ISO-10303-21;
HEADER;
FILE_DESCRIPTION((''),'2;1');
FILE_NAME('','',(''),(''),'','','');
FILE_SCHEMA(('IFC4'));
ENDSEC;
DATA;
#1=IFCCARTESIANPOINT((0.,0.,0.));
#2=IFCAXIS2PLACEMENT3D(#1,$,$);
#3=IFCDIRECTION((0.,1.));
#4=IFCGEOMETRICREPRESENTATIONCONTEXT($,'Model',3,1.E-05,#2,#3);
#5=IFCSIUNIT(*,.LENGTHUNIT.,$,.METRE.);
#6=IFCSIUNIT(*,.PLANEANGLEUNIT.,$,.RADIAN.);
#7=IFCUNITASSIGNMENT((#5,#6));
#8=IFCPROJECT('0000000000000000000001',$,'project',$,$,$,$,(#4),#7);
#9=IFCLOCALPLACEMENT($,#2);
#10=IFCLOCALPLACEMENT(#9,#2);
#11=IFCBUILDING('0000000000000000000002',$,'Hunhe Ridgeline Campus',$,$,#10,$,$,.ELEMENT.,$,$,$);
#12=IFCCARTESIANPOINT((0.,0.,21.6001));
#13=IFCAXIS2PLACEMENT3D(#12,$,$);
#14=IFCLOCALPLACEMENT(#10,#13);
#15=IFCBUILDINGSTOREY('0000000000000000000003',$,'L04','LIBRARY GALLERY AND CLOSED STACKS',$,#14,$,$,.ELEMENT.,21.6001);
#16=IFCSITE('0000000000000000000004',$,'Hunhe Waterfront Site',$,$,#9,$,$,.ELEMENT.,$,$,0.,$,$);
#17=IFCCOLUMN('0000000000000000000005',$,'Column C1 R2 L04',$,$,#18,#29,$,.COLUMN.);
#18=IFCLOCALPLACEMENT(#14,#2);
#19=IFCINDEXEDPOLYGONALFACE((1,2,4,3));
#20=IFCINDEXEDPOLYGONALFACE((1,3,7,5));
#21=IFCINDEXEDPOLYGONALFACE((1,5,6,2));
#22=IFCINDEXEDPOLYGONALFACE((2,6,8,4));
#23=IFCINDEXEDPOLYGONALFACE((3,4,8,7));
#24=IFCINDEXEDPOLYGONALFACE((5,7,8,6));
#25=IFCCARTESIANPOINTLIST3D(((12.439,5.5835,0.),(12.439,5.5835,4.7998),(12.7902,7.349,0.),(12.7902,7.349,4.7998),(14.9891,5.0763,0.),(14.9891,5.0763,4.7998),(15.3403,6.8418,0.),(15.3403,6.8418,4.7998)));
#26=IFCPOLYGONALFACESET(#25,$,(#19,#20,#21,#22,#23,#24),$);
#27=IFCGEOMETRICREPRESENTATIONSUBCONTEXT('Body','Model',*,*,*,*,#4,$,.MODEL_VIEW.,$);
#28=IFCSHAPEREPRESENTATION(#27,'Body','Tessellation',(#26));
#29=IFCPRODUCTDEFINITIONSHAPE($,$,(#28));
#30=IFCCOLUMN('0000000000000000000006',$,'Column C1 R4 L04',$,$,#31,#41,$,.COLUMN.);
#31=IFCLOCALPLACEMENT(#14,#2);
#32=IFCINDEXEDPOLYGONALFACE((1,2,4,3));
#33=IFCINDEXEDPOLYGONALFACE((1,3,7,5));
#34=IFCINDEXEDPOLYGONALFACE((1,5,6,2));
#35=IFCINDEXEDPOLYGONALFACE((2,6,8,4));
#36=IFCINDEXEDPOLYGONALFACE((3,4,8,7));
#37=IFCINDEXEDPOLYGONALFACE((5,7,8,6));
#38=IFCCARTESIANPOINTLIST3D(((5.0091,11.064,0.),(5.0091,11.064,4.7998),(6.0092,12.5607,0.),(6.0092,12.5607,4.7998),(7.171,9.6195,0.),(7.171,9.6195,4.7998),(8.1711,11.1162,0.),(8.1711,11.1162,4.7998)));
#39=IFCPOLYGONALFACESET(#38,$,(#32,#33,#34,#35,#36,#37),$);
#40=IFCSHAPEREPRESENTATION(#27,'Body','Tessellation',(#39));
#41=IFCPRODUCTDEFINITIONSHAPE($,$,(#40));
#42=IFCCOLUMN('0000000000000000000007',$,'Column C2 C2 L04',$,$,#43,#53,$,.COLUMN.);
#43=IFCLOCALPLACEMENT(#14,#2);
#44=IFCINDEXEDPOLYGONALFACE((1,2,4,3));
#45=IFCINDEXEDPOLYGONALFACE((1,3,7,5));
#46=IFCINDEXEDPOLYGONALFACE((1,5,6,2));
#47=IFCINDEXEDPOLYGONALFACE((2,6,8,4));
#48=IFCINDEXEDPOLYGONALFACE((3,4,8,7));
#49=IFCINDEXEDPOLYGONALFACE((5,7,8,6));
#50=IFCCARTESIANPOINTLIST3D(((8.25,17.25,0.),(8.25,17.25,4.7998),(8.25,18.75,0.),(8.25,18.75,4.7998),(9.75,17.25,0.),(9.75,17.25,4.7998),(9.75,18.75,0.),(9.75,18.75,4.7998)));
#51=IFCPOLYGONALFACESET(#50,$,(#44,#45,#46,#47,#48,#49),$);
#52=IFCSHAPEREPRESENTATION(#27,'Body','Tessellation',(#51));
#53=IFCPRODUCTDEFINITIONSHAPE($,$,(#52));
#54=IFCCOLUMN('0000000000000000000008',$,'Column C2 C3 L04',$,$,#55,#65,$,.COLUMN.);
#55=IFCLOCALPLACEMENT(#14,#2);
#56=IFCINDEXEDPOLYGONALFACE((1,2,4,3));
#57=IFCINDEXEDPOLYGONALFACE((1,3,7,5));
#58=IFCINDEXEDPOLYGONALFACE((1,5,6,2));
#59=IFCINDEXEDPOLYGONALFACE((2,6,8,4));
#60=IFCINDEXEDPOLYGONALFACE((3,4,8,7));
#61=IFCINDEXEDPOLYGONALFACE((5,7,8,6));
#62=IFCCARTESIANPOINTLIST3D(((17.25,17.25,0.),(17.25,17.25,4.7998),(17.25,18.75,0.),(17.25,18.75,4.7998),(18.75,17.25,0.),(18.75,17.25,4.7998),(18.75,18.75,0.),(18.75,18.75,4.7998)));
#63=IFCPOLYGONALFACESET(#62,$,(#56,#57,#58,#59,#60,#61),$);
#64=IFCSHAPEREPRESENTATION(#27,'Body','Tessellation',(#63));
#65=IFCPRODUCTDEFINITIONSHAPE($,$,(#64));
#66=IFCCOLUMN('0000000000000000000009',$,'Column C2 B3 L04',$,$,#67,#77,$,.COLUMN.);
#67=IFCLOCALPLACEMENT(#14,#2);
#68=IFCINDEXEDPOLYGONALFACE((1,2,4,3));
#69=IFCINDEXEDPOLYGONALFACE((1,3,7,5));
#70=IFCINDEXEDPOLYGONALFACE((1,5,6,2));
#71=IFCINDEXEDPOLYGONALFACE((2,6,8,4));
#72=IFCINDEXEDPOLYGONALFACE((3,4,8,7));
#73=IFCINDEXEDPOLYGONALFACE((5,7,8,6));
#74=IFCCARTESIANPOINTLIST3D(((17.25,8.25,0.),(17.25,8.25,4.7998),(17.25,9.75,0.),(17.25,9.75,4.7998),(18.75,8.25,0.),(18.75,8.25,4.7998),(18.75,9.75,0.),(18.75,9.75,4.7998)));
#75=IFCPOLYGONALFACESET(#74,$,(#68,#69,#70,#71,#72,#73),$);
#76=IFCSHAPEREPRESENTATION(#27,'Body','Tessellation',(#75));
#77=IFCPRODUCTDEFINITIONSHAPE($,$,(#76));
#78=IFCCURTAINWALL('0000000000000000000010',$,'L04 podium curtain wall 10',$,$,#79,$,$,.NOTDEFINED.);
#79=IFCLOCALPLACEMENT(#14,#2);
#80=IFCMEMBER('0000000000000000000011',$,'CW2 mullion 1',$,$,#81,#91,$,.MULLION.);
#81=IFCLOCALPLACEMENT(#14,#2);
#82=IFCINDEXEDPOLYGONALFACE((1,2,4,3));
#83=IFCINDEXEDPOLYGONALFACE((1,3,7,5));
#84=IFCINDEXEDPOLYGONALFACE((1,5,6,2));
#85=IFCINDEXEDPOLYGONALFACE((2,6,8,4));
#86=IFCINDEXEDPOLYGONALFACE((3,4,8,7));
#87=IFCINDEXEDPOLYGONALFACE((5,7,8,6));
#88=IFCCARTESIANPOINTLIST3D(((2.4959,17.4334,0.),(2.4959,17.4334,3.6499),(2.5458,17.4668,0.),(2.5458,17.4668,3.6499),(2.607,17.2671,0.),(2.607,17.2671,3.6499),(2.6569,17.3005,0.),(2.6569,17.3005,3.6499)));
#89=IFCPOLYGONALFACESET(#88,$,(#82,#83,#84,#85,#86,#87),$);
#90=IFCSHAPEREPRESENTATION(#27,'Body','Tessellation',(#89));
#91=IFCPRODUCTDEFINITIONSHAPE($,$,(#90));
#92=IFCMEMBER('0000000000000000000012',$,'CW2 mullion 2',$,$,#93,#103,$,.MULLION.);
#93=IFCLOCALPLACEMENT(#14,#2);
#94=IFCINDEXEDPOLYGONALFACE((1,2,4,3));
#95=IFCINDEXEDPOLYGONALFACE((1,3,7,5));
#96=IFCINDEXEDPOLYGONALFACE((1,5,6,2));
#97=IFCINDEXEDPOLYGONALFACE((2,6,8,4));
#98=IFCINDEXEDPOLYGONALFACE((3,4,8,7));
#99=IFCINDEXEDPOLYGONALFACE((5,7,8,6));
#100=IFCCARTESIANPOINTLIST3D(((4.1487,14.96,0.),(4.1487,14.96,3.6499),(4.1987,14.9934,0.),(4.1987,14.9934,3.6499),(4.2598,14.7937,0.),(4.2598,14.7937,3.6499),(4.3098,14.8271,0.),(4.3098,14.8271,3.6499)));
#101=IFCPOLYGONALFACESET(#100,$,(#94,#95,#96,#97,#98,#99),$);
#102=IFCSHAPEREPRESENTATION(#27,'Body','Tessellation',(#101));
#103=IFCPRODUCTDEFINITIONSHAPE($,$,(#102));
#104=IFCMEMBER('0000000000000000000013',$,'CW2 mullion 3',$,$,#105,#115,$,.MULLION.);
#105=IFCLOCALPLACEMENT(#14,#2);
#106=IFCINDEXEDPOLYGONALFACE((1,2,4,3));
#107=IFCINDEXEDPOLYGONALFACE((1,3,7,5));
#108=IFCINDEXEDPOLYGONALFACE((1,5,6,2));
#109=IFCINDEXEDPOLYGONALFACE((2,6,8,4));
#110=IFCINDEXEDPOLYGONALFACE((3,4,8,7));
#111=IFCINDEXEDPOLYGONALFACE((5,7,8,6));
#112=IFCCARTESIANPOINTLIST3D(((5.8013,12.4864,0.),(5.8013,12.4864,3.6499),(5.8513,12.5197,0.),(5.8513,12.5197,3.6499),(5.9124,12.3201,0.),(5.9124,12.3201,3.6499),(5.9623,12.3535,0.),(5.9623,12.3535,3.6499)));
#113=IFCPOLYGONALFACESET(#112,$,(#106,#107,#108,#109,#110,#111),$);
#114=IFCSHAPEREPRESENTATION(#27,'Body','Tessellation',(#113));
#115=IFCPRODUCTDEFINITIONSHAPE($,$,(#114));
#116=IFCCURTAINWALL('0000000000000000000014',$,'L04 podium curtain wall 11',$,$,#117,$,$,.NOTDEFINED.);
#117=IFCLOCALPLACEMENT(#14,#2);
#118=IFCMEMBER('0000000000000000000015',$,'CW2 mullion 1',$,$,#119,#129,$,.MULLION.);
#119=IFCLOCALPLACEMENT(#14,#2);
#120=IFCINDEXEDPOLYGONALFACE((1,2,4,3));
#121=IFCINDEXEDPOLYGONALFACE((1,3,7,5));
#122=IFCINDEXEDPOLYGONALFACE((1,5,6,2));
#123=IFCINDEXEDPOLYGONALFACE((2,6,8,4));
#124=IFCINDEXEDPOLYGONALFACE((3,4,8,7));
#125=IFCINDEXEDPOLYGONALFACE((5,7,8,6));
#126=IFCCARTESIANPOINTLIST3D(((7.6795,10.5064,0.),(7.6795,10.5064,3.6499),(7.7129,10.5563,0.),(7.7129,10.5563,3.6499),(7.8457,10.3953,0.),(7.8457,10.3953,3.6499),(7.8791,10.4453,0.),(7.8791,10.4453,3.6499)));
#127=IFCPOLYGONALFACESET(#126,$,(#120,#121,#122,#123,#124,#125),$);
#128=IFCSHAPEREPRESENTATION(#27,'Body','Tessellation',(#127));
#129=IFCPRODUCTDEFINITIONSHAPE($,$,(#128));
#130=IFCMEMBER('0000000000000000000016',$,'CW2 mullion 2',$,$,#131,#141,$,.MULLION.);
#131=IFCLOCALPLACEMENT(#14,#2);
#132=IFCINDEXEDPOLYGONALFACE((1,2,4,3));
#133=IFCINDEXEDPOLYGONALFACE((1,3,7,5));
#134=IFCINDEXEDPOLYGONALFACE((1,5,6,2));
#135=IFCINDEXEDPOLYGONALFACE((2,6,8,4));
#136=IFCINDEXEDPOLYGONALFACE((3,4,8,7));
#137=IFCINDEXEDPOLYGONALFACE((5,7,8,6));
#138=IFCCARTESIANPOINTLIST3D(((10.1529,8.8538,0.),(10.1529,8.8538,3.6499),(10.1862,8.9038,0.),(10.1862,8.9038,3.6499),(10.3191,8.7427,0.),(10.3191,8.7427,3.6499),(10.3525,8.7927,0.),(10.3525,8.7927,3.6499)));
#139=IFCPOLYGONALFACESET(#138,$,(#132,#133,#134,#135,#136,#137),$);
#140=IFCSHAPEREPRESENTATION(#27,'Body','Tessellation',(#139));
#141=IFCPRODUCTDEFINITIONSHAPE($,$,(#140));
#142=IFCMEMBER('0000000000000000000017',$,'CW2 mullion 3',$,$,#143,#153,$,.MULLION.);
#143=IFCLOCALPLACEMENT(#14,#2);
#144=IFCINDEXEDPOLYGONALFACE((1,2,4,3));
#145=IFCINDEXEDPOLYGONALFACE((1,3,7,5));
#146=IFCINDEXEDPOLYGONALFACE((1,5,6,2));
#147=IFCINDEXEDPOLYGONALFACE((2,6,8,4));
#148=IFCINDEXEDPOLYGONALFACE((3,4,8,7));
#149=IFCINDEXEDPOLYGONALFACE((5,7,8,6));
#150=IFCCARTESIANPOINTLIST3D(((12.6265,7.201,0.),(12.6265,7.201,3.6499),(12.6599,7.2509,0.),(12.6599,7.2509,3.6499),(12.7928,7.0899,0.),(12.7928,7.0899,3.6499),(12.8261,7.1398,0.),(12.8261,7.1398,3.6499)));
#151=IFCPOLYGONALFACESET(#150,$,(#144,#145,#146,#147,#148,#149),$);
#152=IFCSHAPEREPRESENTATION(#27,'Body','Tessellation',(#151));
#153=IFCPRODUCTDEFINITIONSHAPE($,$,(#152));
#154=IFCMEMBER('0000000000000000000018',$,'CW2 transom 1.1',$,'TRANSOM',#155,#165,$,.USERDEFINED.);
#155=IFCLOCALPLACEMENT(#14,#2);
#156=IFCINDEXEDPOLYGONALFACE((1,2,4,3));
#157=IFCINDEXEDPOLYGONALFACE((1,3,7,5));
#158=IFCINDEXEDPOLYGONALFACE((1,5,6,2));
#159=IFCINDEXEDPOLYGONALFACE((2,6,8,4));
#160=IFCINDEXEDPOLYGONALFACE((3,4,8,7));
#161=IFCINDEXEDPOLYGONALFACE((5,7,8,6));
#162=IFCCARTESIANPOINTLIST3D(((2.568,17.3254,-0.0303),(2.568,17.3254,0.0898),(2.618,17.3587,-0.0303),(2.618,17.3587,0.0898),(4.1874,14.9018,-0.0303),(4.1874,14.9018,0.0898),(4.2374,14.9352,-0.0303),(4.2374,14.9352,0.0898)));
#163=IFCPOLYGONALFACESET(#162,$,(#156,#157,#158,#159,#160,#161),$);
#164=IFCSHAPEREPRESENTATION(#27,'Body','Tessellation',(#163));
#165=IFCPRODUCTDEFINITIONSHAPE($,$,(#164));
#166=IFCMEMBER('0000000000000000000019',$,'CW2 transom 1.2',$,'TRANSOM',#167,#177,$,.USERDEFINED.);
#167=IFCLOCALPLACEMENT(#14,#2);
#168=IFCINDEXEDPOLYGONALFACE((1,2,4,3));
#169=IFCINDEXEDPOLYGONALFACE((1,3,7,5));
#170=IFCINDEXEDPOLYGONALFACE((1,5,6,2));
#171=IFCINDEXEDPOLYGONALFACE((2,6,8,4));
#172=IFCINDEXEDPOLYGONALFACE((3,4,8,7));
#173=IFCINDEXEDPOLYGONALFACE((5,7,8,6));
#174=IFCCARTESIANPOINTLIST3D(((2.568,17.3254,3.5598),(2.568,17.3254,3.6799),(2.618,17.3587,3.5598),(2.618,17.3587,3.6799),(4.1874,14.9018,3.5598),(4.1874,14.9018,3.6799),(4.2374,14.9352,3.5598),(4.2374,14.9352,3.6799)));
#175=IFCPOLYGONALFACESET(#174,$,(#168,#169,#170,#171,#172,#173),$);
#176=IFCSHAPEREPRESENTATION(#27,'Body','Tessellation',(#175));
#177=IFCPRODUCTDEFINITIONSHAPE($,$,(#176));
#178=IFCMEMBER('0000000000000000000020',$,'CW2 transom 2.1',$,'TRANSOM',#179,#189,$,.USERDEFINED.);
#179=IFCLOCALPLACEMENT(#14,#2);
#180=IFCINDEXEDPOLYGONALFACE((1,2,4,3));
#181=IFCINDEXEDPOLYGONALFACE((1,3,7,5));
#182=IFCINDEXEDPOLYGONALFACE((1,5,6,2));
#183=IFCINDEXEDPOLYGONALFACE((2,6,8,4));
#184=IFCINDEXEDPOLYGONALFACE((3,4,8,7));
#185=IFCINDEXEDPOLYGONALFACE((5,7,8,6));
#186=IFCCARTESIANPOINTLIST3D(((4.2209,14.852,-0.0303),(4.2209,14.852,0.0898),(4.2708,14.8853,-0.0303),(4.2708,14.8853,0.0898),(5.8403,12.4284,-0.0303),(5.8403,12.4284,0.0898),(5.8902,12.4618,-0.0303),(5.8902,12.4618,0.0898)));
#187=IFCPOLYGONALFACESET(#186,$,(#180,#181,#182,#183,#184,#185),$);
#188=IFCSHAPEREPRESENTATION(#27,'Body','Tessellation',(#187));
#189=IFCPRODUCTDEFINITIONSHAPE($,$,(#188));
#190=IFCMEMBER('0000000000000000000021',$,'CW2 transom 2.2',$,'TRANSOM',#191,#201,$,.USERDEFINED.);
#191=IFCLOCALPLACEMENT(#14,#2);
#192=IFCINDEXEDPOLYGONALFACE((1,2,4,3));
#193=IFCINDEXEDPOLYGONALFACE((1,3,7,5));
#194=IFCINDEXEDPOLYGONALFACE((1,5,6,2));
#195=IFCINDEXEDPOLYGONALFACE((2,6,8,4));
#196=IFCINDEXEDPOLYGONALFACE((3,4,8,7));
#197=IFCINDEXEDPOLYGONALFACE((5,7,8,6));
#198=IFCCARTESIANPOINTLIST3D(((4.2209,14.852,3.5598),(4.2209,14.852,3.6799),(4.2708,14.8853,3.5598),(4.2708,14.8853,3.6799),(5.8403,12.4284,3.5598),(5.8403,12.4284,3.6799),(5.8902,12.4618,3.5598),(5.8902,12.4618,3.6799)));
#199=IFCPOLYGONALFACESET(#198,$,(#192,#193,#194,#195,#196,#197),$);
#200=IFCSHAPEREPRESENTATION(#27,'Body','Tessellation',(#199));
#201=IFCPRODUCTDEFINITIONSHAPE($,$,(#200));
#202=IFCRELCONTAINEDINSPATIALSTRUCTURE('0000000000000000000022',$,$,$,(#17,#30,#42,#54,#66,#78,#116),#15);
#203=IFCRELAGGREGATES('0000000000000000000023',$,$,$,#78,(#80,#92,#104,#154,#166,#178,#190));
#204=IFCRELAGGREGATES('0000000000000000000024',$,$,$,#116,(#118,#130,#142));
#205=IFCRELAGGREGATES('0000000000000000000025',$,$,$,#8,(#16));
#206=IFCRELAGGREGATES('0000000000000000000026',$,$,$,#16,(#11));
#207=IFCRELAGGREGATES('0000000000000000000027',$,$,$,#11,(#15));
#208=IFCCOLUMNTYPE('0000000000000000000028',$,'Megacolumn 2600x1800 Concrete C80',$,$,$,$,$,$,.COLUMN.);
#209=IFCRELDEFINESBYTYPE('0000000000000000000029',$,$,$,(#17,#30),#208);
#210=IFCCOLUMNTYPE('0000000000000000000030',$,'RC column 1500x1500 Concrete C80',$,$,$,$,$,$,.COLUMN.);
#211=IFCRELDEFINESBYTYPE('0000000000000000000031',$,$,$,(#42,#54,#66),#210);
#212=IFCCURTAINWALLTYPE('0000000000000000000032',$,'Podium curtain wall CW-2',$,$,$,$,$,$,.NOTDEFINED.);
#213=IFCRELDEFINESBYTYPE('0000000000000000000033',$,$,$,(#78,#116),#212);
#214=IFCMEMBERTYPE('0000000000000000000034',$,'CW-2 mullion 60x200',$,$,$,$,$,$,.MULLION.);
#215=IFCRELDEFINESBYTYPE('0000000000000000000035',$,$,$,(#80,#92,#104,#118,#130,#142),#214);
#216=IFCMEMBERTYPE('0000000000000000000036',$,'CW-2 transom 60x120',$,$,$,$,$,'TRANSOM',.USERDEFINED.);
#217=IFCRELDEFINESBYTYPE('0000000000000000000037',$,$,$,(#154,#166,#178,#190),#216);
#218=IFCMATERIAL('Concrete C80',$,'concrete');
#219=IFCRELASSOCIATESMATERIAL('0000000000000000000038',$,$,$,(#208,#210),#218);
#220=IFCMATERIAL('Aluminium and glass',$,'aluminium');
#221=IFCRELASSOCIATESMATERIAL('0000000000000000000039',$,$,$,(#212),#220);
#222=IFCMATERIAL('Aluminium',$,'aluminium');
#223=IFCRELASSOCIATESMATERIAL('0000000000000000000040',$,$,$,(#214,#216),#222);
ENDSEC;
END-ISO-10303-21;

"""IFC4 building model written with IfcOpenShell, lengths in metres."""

from ifc_helpers import new_model, si_unit, direction, frame, origin, origin_2d, place, context, subcontext, project, spatial, rectangle, extrude, material, material_profile, profile_set, type_object, element, aggregate, save


model = new_model("IFC4")

# Units and contexts
model_context = context("Model", 3, precision=1e-05, world=origin(), true_north=direction((0.0, 1.0)))
body_context = subcontext(model_context, "Body", "Model", "MODEL_VIEW")
ifc_project = project(units=[si_unit("LENGTHUNIT", "METRE"), si_unit("PLANEANGLEUNIT", "RADIAN")], contexts=[model_context])

# Site, building, storey
site_placement = place(None, origin())
site = spatial("IfcSite", under=ifc_project, at=site_placement, Name="Hunhe Waterfront Site", CompositionType="ELEMENT", RefElevation=0.0)
building_placement = place(site_placement, origin())
building = spatial("IfcBuilding", under=site, at=building_placement, Name="Hunhe Ridgeline Campus", CompositionType="ELEMENT")
storey_placement = place(building_placement, frame((0.0, 0.0, 21.6001)))
storey = spatial("IfcBuildingStorey", under=building, at=storey_placement, Name="L04", Description="LIBRARY GALLERY AND CLOSED STACKS", CompositionType="ELEMENT", Elevation=21.6001)

# Columns
ifc_material_1 = material(Name="Concrete C80", Category="concrete")
ifc_material_profile_1 = material_profile(ifc_material_1, rectangle(XDim=2.6001, YDim=1.8, at=origin_2d()))
ifc_profile_set_1 = profile_set([ifc_material_profile_1], Name="Concrete C80")
column_type_1 = type_object("IfcColumnType", Name="Megacolumn 2600x1800 Concrete C80", PredefinedType="COLUMN", material=ifc_profile_set_1)
for number, where, z_axis, x_axis, name in (
    (1, (13.8896, 6.2126, 0.0), (0.0, 0.0, 1.0), (-0.980785, 0.19509, 0.0), "Column C1 R2 L04"),
    (2, (6.5901, 11.0901, 0.0), (0.0, 0.0, 1.0), (-0.83147, 0.55557, 0.0), "Column C1 R4 L04"),
):
    element("IfcColumn", number, at=place(storey_placement, frame(where, z_axis=z_axis, x_axis=x_axis)), inside=storey, type_object=column_type_1, Name=name, PredefinedType="COLUMN", context=body_context, shape_type="SweptSolid", body=[
        extrude(rectangle(XDim=2.6001, YDim=1.8, at=origin_2d()), origin(), (0.0, 0.0, 1.0), 4.7998),
    ])
ifc_material_profile_2 = material_profile(ifc_material_1, rectangle(XDim=1.5, YDim=1.5, at=origin_2d()))
ifc_profile_set_2 = profile_set([ifc_material_profile_2], Name="Concrete C80")
column_type_2 = type_object("IfcColumnType", Name="RC column 1500x1500 Concrete C80", PredefinedType="COLUMN", material=ifc_profile_set_2)
for number, where, z_axis, x_axis, name in (
    (3, (9.0, 18.0, 0.0), (0.0, 0.0, 1.0), (1.0, 0.0, 0.0), "Column C2 C2 L04"),
    (4, (18.0, 18.0, 0.0), (0.0, 0.0, 1.0), (1.0, 0.0, 0.0), "Column C2 C3 L04"),
    (5, (18.0, 9.0, 0.0), (0.0, 0.0, 1.0), (1.0, 0.0, 0.0), "Column C2 B3 L04"),
):
    element("IfcColumn", number, at=place(storey_placement, frame(where, z_axis=z_axis, x_axis=x_axis)), inside=storey, type_object=column_type_2, Name=name, PredefinedType="COLUMN", context=body_context, shape_type="SweptSolid", body=[
        extrude(rectangle(XDim=1.5, YDim=1.5, at=origin_2d()), origin(), (0.0, 0.0, 1.0), 4.7998),
    ])

# Curtain walls, members
ifc_material_2 = material(Name="Aluminium and glass", Category="aluminium")
curtain_wall_type = type_object("IfcCurtainWallType", Name="Podium curtain wall CW-2", PredefinedType="NOTDEFINED", material=ifc_material_2)
curtain_wall_1_placement = place(storey_placement, origin())
curtain_wall_1 = element("IfcCurtainWall", 6, at=curtain_wall_1_placement, inside=storey, type_object=curtain_wall_type, Name="L04 podium curtain wall 10", PredefinedType="NOTDEFINED")
ifc_material_3 = material(Name="Aluminium", Category="aluminium")
ifc_material_profile_3 = material_profile(ifc_material_3, rectangle(XDim=0.0601, YDim=0.2, at=origin_2d()))
ifc_profile_set_3 = profile_set([ifc_material_profile_3], Name="Aluminium")
member_type_1 = type_object("IfcMemberType", Name="CW-2 mullion 60x200", PredefinedType="MULLION", material=ifc_profile_set_3)
member_1_placement = place(storey_placement, frame((2.5764, 17.3669, 0.0), z_axis=(0.0, 0.0, 1.0), x_axis=(0.831464, 0.555579, 0.0)))
member_1 = element("IfcMember", 7, at=member_1_placement, type_object=member_type_1, Name="CW2 mullion 1", PredefinedType="MULLION", context=body_context, shape_type="SweptSolid", body=[
    extrude(rectangle(XDim=0.0601, YDim=0.2, at=origin_2d()), origin(), (0.0, 0.0, 1.0), 3.6499),
])
member_2_placement = place(storey_placement, frame((4.2292, 14.8936, 0.0), z_axis=(0.0, 0.0, 1.0), x_axis=(0.831464, 0.555579, 0.0)))
member_2 = element("IfcMember", 8, at=member_2_placement, type_object=member_type_1, Name="CW2 mullion 2", PredefinedType="MULLION", context=body_context, shape_type="SweptSolid", body=[
    extrude(rectangle(XDim=0.0601, YDim=0.2, at=origin_2d()), origin(), (0.0, 0.0, 1.0), 3.6499),
])
member_3_placement = place(storey_placement, frame((5.8818, 12.4199, 0.0), z_axis=(0.0, 0.0, 1.0), x_axis=(0.831464, 0.555579, 0.0)))
member_3 = element("IfcMember", 9, at=member_3_placement, type_object=member_type_1, Name="CW2 mullion 3", PredefinedType="MULLION", context=body_context, shape_type="SweptSolid", body=[
    extrude(rectangle(XDim=0.0601, YDim=0.2, at=origin_2d()), origin(), (0.0, 0.0, 1.0), 3.6499),
])
curtain_wall_2_placement = place(storey_placement, origin())
curtain_wall_2 = element("IfcCurtainWall", 10, at=curtain_wall_2_placement, inside=storey, type_object=curtain_wall_type, Name="L04 podium curtain wall 11", PredefinedType="NOTDEFINED")
member_4_placement = place(storey_placement, frame((7.7793, 10.4758, 0.0), z_axis=(0.0, 0.0, 1.0), x_axis=(0.555572, 0.831469, 0.0)))
member_4 = element("IfcMember", 11, at=member_4_placement, type_object=member_type_1, Name="CW2 mullion 1", PredefinedType="MULLION", context=body_context, shape_type="SweptSolid", body=[
    extrude(rectangle(XDim=0.0601, YDim=0.2, at=origin_2d()), origin(), (0.0, 0.0, 1.0), 3.6499),
])
member_5_placement = place(storey_placement, frame((10.2527, 8.8232, 0.0), z_axis=(0.0, 0.0, 1.0), x_axis=(0.555572, 0.831469, 0.0)))
member_5 = element("IfcMember", 12, at=member_5_placement, type_object=member_type_1, Name="CW2 mullion 2", PredefinedType="MULLION", context=body_context, shape_type="SweptSolid", body=[
    extrude(rectangle(XDim=0.0601, YDim=0.2, at=origin_2d()), origin(), (0.0, 0.0, 1.0), 3.6499),
])
member_6_placement = place(storey_placement, frame((12.7263, 7.1704, 0.0), z_axis=(0.0, 0.0, 1.0), x_axis=(0.555572, 0.831469, 0.0)))
member_6 = element("IfcMember", 13, at=member_6_placement, type_object=member_type_1, Name="CW2 mullion 3", PredefinedType="MULLION", context=body_context, shape_type="SweptSolid", body=[
    extrude(rectangle(XDim=0.0601, YDim=0.2, at=origin_2d()), origin(), (0.0, 0.0, 1.0), 3.6499),
])

# Members
ifc_material_profile_4 = material_profile(ifc_material_3, rectangle(XDim=0.0601, YDim=0.1201, at=origin_2d()))
ifc_profile_set_4 = profile_set([ifc_material_profile_4], Name="Aluminium")
member_type_2 = type_object("IfcMemberType", Name="CW-2 transom 60x120", ElementType="TRANSOM", PredefinedType="USERDEFINED", material=ifc_profile_set_4)
member_7_placement = place(storey_placement, frame((2.593, 17.342, 0.0298), z_axis=(0.55557, -0.83147, 0.0), x_axis=(0.83147, 0.55557, 0.0)))
member_7 = element("IfcMember", 14, at=member_7_placement, type_object=member_type_2, Name="CW2 transom 1.1", ObjectType="TRANSOM", PredefinedType="USERDEFINED", context=body_context, shape_type="SweptSolid", body=[
    extrude(rectangle(XDim=0.0601, YDim=0.1201, at=origin_2d()), origin(), (0.0, 0.0, 1.0), 2.9148),
])
member_8_placement = place(storey_placement, frame((2.593, 17.342, 3.6199), z_axis=(0.55557, -0.83147, 0.0), x_axis=(0.83147, 0.55557, 0.0)))
member_8 = element("IfcMember", 15, at=member_8_placement, type_object=member_type_2, Name="CW2 transom 1.2", ObjectType="TRANSOM", PredefinedType="USERDEFINED", context=body_context, shape_type="SweptSolid", body=[
    extrude(rectangle(XDim=0.0601, YDim=0.1201, at=origin_2d()), origin(), (0.0, 0.0, 1.0), 2.9148),
])
member_9_placement = place(storey_placement, frame((4.2458, 14.8687, 0.0298), z_axis=(0.55557, -0.83147, 0.0), x_axis=(0.83147, 0.55557, 0.0)))
member_9 = element("IfcMember", 16, at=member_9_placement, type_object=member_type_2, Name="CW2 transom 2.1", ObjectType="TRANSOM", PredefinedType="USERDEFINED", context=body_context, shape_type="SweptSolid", body=[
    extrude(rectangle(XDim=0.0601, YDim=0.1201, at=origin_2d()), origin(), (0.0, 0.0, 1.0), 2.9148),
])
member_10_placement = place(storey_placement, frame((4.2458, 14.8687, 3.6199), z_axis=(0.55557, -0.83147, 0.0), x_axis=(0.83147, 0.55557, 0.0)))
member_10 = element("IfcMember", 17, at=member_10_placement, type_object=member_type_2, Name="CW2 transom 2.2", ObjectType="TRANSOM", PredefinedType="USERDEFINED", context=body_context, shape_type="SweptSolid", body=[
    extrude(rectangle(XDim=0.0601, YDim=0.1201, at=origin_2d()), origin(), (0.0, 0.0, 1.0), 2.9148),
])

aggregate(curtain_wall_1, [member_1, member_2, member_3, member_7, member_8, member_9, member_10])
aggregate(curtain_wall_2, [member_4, member_5, member_6])

save(model, "model.ifc")
